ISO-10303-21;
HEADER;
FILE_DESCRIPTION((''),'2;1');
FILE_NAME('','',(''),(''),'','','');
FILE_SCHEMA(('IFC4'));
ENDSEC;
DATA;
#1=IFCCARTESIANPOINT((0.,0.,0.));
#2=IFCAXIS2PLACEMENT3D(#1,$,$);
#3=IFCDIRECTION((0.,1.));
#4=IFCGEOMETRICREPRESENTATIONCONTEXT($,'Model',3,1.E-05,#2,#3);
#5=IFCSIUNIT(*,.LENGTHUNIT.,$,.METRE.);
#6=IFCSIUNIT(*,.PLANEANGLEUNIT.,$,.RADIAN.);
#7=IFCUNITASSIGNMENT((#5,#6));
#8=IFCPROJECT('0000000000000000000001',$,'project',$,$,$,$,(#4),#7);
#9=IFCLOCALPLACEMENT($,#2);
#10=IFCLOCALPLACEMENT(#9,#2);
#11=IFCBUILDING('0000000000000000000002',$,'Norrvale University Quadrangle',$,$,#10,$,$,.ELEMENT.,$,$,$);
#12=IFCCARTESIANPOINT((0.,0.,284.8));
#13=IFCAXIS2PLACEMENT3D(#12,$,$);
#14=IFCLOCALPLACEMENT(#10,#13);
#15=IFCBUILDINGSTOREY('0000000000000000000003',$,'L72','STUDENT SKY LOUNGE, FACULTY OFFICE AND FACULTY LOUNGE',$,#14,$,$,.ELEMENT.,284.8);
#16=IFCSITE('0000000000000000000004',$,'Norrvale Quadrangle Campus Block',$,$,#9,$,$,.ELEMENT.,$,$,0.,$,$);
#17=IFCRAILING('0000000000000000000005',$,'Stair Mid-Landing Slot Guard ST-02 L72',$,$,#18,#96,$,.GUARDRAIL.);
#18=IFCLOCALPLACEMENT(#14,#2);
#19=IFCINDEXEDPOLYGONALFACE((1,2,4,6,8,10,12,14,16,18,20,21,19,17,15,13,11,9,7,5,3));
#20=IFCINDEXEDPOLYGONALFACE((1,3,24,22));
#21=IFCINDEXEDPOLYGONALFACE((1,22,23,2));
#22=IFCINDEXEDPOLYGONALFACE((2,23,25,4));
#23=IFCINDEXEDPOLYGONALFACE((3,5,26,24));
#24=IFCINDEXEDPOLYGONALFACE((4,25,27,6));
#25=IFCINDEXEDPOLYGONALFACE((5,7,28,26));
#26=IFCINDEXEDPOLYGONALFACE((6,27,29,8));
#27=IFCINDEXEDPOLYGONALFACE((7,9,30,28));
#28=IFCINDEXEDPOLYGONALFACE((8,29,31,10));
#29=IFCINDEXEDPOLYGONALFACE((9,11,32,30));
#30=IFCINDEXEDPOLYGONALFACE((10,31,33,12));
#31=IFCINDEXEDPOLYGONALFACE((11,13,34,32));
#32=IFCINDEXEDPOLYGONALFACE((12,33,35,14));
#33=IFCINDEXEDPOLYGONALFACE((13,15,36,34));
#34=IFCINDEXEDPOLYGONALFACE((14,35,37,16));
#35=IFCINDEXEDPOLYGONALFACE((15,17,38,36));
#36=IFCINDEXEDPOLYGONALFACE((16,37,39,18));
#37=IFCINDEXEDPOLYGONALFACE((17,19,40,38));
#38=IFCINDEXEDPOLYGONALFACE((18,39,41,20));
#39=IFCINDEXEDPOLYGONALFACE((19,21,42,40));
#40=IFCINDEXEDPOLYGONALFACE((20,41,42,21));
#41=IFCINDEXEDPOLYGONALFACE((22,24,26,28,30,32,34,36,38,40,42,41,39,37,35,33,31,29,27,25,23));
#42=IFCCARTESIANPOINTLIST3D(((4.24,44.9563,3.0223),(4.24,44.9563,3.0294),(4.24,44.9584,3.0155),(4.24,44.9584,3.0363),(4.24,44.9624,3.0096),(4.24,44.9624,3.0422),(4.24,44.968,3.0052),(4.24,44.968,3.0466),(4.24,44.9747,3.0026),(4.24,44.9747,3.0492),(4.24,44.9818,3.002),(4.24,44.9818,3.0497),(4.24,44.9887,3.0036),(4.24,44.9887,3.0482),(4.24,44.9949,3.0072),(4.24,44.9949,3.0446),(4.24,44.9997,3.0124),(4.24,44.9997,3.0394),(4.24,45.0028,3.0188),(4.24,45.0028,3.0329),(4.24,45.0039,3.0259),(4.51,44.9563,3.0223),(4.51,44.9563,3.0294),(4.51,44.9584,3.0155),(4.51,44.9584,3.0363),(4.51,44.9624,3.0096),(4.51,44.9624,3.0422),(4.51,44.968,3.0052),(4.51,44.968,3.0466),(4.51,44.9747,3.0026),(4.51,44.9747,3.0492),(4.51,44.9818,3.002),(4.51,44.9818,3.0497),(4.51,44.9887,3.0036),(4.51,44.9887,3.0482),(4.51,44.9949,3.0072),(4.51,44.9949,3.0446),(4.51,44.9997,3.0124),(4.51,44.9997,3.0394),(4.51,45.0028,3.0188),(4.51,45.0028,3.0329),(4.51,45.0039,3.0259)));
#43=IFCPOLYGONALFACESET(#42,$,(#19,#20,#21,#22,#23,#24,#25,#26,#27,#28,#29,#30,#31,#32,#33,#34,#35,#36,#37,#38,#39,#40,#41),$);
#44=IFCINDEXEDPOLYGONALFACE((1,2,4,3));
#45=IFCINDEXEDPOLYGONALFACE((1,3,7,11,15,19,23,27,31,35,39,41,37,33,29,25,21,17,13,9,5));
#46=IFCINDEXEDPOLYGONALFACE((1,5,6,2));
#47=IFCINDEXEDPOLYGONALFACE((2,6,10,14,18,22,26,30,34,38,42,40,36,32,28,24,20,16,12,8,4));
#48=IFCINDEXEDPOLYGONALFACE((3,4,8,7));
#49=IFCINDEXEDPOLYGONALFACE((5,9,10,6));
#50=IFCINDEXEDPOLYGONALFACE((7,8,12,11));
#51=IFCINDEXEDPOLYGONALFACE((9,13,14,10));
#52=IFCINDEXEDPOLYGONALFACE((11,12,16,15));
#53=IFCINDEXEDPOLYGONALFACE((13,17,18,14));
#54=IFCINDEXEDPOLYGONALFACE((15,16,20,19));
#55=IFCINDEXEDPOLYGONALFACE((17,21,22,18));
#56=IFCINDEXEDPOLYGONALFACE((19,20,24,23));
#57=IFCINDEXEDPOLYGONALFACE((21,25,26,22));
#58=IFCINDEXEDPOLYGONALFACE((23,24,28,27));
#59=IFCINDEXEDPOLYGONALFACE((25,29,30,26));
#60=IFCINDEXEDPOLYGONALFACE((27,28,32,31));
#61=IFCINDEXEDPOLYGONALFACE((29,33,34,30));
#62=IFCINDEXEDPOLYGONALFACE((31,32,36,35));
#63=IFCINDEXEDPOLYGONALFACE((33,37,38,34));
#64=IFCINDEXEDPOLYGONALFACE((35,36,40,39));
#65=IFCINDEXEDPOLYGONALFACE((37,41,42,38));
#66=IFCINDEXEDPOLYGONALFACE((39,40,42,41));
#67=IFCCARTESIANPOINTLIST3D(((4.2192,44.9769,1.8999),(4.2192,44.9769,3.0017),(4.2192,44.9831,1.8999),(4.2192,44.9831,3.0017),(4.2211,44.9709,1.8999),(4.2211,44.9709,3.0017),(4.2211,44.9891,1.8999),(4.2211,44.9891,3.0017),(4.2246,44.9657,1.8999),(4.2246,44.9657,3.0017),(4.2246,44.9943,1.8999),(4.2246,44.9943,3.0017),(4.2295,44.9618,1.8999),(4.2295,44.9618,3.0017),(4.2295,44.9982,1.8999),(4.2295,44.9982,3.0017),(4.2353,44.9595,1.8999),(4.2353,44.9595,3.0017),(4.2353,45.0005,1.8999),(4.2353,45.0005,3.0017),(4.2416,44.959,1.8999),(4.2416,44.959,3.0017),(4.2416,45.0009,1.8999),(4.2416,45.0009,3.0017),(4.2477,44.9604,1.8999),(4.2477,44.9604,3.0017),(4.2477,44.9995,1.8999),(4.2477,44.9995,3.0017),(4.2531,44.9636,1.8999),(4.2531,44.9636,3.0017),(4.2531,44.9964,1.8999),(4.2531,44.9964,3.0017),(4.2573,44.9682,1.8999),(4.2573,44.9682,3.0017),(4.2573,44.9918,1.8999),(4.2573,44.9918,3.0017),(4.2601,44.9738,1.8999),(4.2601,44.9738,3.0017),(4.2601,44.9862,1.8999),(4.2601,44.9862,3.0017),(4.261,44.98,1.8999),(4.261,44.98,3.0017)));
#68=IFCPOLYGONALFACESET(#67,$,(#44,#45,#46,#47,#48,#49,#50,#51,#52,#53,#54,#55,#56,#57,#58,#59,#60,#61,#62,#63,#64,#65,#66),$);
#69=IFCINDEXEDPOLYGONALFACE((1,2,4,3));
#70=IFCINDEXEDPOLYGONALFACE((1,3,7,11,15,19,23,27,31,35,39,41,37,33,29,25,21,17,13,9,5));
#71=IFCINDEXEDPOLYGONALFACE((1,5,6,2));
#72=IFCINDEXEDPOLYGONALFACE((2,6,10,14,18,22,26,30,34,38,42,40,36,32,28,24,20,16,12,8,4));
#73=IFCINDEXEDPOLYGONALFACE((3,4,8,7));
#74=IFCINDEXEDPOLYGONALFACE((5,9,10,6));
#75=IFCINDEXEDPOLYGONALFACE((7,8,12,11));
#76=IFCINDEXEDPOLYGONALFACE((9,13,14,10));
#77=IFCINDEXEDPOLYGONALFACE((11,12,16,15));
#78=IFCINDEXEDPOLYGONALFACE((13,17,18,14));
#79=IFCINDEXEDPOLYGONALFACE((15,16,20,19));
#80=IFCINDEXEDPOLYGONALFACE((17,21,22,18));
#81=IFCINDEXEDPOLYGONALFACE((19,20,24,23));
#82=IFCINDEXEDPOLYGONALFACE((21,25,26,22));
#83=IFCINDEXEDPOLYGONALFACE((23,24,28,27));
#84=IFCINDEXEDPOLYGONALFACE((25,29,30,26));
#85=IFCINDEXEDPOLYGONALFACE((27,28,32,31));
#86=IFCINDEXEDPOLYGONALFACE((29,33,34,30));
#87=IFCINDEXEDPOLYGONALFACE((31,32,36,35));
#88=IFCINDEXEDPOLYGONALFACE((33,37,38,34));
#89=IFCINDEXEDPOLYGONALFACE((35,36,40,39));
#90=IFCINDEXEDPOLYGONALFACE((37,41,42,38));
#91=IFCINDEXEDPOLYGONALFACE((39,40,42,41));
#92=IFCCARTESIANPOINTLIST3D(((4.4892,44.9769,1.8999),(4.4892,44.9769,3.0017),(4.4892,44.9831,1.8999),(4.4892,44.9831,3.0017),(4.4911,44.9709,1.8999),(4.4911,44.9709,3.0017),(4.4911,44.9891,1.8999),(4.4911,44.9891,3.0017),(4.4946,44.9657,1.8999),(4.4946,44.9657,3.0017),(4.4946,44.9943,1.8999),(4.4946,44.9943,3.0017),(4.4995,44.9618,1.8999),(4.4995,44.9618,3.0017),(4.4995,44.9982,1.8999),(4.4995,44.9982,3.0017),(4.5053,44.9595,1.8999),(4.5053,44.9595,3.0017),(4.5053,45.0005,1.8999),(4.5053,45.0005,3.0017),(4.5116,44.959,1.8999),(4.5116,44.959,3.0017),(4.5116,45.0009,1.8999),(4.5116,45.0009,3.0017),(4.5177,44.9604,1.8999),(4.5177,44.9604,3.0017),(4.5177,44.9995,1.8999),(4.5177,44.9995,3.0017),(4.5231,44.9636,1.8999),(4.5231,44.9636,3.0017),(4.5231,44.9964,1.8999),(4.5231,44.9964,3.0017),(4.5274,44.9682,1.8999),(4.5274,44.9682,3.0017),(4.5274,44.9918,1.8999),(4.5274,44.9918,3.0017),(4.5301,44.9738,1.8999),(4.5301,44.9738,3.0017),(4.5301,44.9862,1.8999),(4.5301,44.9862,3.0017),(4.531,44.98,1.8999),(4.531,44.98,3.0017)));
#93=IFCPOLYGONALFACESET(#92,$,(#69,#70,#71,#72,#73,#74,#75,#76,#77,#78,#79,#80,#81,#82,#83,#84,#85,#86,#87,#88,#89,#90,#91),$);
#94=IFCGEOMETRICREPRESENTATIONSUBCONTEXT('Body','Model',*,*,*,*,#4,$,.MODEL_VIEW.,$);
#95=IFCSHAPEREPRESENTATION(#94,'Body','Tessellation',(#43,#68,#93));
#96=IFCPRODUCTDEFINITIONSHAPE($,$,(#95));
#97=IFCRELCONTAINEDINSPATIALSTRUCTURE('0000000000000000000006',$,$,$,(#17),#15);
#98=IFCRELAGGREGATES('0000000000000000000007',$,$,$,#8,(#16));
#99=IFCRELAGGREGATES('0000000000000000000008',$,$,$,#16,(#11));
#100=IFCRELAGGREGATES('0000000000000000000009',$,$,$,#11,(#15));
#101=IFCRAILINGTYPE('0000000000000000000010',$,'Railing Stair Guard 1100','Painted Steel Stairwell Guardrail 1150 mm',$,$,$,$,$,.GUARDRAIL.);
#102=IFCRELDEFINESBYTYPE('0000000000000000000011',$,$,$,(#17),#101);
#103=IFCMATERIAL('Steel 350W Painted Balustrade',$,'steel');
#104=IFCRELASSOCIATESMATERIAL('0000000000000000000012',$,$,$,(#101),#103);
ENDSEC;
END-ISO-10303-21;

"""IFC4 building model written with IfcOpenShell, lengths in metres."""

from ifc_helpers import new_model, si_unit, direction, frame, origin, origin_2d, place, context, subcontext, project, spatial, circle, extrude, material, type_object, element, save


model = new_model("IFC4")

# Units and contexts
model_context = context("Model", 3, precision=1e-05, world=origin(), true_north=direction((0.0, 1.0)))
body_context = subcontext(model_context, "Body", "Model", "MODEL_VIEW")
ifc_project = project(units=[si_unit("LENGTHUNIT", "METRE"), si_unit("PLANEANGLEUNIT", "RADIAN")], contexts=[model_context])

# Site, building, storey
site_placement = place(None, origin())
site = spatial("IfcSite", under=ifc_project, at=site_placement, Name="Norrvale Quadrangle Campus Block", CompositionType="ELEMENT", RefElevation=0.0)
building_placement = place(site_placement, origin())
building = spatial("IfcBuilding", under=site, at=building_placement, Name="Norrvale University Quadrangle", CompositionType="ELEMENT")
storey_placement = place(building_placement, frame((0.0, 0.0, 284.8)))
storey = spatial("IfcBuildingStorey", under=building, at=storey_placement, Name="L72", Description="STUDENT SKY LOUNGE, FACULTY OFFICE AND FACULTY LOUNGE", CompositionType="ELEMENT", Elevation=284.8)

# Railing
ifc_material_1 = material(Name="Steel 350W Painted Balustrade", Category="steel")
railing_type_1 = type_object("IfcRailingType", Name="Railing Stair Guard 1100", Description="Painted Steel Stairwell Guardrail 1150 mm", PredefinedType="GUARDRAIL", material=ifc_material_1)
for number, where, name in (
    (1, (4.24, 44.98, 1.8999), "Stair Mid-Landing Slot Guard ST-02 L72"),
):
    element("IfcRailing", number, at=place(storey_placement, frame(where)), inside=storey, type_object=railing_type_1, Name=name, PredefinedType="GUARDRAIL", context=body_context, shape_type="SweptSolid", body=[
        extrude(circle(Radius=0.0239, at=origin_2d()), frame((0.0, 0.0, 1.126), z_axis=(1.0, 0.0, 0.0), x_axis=(0.0, 1.0, 0.0)), (0.0, 0.0, 1.0), 0.27),
        extrude(circle(Radius=0.021, at=origin_2d()), origin(), (0.0, 0.0, 1.0), 1.1018),
        extrude(circle(Radius=0.021, at=origin_2d()), frame((0.27, 0.0, 0.0)), (0.0, 0.0, 1.0), 1.1018),
    ])

save(model, "model.ifc")
